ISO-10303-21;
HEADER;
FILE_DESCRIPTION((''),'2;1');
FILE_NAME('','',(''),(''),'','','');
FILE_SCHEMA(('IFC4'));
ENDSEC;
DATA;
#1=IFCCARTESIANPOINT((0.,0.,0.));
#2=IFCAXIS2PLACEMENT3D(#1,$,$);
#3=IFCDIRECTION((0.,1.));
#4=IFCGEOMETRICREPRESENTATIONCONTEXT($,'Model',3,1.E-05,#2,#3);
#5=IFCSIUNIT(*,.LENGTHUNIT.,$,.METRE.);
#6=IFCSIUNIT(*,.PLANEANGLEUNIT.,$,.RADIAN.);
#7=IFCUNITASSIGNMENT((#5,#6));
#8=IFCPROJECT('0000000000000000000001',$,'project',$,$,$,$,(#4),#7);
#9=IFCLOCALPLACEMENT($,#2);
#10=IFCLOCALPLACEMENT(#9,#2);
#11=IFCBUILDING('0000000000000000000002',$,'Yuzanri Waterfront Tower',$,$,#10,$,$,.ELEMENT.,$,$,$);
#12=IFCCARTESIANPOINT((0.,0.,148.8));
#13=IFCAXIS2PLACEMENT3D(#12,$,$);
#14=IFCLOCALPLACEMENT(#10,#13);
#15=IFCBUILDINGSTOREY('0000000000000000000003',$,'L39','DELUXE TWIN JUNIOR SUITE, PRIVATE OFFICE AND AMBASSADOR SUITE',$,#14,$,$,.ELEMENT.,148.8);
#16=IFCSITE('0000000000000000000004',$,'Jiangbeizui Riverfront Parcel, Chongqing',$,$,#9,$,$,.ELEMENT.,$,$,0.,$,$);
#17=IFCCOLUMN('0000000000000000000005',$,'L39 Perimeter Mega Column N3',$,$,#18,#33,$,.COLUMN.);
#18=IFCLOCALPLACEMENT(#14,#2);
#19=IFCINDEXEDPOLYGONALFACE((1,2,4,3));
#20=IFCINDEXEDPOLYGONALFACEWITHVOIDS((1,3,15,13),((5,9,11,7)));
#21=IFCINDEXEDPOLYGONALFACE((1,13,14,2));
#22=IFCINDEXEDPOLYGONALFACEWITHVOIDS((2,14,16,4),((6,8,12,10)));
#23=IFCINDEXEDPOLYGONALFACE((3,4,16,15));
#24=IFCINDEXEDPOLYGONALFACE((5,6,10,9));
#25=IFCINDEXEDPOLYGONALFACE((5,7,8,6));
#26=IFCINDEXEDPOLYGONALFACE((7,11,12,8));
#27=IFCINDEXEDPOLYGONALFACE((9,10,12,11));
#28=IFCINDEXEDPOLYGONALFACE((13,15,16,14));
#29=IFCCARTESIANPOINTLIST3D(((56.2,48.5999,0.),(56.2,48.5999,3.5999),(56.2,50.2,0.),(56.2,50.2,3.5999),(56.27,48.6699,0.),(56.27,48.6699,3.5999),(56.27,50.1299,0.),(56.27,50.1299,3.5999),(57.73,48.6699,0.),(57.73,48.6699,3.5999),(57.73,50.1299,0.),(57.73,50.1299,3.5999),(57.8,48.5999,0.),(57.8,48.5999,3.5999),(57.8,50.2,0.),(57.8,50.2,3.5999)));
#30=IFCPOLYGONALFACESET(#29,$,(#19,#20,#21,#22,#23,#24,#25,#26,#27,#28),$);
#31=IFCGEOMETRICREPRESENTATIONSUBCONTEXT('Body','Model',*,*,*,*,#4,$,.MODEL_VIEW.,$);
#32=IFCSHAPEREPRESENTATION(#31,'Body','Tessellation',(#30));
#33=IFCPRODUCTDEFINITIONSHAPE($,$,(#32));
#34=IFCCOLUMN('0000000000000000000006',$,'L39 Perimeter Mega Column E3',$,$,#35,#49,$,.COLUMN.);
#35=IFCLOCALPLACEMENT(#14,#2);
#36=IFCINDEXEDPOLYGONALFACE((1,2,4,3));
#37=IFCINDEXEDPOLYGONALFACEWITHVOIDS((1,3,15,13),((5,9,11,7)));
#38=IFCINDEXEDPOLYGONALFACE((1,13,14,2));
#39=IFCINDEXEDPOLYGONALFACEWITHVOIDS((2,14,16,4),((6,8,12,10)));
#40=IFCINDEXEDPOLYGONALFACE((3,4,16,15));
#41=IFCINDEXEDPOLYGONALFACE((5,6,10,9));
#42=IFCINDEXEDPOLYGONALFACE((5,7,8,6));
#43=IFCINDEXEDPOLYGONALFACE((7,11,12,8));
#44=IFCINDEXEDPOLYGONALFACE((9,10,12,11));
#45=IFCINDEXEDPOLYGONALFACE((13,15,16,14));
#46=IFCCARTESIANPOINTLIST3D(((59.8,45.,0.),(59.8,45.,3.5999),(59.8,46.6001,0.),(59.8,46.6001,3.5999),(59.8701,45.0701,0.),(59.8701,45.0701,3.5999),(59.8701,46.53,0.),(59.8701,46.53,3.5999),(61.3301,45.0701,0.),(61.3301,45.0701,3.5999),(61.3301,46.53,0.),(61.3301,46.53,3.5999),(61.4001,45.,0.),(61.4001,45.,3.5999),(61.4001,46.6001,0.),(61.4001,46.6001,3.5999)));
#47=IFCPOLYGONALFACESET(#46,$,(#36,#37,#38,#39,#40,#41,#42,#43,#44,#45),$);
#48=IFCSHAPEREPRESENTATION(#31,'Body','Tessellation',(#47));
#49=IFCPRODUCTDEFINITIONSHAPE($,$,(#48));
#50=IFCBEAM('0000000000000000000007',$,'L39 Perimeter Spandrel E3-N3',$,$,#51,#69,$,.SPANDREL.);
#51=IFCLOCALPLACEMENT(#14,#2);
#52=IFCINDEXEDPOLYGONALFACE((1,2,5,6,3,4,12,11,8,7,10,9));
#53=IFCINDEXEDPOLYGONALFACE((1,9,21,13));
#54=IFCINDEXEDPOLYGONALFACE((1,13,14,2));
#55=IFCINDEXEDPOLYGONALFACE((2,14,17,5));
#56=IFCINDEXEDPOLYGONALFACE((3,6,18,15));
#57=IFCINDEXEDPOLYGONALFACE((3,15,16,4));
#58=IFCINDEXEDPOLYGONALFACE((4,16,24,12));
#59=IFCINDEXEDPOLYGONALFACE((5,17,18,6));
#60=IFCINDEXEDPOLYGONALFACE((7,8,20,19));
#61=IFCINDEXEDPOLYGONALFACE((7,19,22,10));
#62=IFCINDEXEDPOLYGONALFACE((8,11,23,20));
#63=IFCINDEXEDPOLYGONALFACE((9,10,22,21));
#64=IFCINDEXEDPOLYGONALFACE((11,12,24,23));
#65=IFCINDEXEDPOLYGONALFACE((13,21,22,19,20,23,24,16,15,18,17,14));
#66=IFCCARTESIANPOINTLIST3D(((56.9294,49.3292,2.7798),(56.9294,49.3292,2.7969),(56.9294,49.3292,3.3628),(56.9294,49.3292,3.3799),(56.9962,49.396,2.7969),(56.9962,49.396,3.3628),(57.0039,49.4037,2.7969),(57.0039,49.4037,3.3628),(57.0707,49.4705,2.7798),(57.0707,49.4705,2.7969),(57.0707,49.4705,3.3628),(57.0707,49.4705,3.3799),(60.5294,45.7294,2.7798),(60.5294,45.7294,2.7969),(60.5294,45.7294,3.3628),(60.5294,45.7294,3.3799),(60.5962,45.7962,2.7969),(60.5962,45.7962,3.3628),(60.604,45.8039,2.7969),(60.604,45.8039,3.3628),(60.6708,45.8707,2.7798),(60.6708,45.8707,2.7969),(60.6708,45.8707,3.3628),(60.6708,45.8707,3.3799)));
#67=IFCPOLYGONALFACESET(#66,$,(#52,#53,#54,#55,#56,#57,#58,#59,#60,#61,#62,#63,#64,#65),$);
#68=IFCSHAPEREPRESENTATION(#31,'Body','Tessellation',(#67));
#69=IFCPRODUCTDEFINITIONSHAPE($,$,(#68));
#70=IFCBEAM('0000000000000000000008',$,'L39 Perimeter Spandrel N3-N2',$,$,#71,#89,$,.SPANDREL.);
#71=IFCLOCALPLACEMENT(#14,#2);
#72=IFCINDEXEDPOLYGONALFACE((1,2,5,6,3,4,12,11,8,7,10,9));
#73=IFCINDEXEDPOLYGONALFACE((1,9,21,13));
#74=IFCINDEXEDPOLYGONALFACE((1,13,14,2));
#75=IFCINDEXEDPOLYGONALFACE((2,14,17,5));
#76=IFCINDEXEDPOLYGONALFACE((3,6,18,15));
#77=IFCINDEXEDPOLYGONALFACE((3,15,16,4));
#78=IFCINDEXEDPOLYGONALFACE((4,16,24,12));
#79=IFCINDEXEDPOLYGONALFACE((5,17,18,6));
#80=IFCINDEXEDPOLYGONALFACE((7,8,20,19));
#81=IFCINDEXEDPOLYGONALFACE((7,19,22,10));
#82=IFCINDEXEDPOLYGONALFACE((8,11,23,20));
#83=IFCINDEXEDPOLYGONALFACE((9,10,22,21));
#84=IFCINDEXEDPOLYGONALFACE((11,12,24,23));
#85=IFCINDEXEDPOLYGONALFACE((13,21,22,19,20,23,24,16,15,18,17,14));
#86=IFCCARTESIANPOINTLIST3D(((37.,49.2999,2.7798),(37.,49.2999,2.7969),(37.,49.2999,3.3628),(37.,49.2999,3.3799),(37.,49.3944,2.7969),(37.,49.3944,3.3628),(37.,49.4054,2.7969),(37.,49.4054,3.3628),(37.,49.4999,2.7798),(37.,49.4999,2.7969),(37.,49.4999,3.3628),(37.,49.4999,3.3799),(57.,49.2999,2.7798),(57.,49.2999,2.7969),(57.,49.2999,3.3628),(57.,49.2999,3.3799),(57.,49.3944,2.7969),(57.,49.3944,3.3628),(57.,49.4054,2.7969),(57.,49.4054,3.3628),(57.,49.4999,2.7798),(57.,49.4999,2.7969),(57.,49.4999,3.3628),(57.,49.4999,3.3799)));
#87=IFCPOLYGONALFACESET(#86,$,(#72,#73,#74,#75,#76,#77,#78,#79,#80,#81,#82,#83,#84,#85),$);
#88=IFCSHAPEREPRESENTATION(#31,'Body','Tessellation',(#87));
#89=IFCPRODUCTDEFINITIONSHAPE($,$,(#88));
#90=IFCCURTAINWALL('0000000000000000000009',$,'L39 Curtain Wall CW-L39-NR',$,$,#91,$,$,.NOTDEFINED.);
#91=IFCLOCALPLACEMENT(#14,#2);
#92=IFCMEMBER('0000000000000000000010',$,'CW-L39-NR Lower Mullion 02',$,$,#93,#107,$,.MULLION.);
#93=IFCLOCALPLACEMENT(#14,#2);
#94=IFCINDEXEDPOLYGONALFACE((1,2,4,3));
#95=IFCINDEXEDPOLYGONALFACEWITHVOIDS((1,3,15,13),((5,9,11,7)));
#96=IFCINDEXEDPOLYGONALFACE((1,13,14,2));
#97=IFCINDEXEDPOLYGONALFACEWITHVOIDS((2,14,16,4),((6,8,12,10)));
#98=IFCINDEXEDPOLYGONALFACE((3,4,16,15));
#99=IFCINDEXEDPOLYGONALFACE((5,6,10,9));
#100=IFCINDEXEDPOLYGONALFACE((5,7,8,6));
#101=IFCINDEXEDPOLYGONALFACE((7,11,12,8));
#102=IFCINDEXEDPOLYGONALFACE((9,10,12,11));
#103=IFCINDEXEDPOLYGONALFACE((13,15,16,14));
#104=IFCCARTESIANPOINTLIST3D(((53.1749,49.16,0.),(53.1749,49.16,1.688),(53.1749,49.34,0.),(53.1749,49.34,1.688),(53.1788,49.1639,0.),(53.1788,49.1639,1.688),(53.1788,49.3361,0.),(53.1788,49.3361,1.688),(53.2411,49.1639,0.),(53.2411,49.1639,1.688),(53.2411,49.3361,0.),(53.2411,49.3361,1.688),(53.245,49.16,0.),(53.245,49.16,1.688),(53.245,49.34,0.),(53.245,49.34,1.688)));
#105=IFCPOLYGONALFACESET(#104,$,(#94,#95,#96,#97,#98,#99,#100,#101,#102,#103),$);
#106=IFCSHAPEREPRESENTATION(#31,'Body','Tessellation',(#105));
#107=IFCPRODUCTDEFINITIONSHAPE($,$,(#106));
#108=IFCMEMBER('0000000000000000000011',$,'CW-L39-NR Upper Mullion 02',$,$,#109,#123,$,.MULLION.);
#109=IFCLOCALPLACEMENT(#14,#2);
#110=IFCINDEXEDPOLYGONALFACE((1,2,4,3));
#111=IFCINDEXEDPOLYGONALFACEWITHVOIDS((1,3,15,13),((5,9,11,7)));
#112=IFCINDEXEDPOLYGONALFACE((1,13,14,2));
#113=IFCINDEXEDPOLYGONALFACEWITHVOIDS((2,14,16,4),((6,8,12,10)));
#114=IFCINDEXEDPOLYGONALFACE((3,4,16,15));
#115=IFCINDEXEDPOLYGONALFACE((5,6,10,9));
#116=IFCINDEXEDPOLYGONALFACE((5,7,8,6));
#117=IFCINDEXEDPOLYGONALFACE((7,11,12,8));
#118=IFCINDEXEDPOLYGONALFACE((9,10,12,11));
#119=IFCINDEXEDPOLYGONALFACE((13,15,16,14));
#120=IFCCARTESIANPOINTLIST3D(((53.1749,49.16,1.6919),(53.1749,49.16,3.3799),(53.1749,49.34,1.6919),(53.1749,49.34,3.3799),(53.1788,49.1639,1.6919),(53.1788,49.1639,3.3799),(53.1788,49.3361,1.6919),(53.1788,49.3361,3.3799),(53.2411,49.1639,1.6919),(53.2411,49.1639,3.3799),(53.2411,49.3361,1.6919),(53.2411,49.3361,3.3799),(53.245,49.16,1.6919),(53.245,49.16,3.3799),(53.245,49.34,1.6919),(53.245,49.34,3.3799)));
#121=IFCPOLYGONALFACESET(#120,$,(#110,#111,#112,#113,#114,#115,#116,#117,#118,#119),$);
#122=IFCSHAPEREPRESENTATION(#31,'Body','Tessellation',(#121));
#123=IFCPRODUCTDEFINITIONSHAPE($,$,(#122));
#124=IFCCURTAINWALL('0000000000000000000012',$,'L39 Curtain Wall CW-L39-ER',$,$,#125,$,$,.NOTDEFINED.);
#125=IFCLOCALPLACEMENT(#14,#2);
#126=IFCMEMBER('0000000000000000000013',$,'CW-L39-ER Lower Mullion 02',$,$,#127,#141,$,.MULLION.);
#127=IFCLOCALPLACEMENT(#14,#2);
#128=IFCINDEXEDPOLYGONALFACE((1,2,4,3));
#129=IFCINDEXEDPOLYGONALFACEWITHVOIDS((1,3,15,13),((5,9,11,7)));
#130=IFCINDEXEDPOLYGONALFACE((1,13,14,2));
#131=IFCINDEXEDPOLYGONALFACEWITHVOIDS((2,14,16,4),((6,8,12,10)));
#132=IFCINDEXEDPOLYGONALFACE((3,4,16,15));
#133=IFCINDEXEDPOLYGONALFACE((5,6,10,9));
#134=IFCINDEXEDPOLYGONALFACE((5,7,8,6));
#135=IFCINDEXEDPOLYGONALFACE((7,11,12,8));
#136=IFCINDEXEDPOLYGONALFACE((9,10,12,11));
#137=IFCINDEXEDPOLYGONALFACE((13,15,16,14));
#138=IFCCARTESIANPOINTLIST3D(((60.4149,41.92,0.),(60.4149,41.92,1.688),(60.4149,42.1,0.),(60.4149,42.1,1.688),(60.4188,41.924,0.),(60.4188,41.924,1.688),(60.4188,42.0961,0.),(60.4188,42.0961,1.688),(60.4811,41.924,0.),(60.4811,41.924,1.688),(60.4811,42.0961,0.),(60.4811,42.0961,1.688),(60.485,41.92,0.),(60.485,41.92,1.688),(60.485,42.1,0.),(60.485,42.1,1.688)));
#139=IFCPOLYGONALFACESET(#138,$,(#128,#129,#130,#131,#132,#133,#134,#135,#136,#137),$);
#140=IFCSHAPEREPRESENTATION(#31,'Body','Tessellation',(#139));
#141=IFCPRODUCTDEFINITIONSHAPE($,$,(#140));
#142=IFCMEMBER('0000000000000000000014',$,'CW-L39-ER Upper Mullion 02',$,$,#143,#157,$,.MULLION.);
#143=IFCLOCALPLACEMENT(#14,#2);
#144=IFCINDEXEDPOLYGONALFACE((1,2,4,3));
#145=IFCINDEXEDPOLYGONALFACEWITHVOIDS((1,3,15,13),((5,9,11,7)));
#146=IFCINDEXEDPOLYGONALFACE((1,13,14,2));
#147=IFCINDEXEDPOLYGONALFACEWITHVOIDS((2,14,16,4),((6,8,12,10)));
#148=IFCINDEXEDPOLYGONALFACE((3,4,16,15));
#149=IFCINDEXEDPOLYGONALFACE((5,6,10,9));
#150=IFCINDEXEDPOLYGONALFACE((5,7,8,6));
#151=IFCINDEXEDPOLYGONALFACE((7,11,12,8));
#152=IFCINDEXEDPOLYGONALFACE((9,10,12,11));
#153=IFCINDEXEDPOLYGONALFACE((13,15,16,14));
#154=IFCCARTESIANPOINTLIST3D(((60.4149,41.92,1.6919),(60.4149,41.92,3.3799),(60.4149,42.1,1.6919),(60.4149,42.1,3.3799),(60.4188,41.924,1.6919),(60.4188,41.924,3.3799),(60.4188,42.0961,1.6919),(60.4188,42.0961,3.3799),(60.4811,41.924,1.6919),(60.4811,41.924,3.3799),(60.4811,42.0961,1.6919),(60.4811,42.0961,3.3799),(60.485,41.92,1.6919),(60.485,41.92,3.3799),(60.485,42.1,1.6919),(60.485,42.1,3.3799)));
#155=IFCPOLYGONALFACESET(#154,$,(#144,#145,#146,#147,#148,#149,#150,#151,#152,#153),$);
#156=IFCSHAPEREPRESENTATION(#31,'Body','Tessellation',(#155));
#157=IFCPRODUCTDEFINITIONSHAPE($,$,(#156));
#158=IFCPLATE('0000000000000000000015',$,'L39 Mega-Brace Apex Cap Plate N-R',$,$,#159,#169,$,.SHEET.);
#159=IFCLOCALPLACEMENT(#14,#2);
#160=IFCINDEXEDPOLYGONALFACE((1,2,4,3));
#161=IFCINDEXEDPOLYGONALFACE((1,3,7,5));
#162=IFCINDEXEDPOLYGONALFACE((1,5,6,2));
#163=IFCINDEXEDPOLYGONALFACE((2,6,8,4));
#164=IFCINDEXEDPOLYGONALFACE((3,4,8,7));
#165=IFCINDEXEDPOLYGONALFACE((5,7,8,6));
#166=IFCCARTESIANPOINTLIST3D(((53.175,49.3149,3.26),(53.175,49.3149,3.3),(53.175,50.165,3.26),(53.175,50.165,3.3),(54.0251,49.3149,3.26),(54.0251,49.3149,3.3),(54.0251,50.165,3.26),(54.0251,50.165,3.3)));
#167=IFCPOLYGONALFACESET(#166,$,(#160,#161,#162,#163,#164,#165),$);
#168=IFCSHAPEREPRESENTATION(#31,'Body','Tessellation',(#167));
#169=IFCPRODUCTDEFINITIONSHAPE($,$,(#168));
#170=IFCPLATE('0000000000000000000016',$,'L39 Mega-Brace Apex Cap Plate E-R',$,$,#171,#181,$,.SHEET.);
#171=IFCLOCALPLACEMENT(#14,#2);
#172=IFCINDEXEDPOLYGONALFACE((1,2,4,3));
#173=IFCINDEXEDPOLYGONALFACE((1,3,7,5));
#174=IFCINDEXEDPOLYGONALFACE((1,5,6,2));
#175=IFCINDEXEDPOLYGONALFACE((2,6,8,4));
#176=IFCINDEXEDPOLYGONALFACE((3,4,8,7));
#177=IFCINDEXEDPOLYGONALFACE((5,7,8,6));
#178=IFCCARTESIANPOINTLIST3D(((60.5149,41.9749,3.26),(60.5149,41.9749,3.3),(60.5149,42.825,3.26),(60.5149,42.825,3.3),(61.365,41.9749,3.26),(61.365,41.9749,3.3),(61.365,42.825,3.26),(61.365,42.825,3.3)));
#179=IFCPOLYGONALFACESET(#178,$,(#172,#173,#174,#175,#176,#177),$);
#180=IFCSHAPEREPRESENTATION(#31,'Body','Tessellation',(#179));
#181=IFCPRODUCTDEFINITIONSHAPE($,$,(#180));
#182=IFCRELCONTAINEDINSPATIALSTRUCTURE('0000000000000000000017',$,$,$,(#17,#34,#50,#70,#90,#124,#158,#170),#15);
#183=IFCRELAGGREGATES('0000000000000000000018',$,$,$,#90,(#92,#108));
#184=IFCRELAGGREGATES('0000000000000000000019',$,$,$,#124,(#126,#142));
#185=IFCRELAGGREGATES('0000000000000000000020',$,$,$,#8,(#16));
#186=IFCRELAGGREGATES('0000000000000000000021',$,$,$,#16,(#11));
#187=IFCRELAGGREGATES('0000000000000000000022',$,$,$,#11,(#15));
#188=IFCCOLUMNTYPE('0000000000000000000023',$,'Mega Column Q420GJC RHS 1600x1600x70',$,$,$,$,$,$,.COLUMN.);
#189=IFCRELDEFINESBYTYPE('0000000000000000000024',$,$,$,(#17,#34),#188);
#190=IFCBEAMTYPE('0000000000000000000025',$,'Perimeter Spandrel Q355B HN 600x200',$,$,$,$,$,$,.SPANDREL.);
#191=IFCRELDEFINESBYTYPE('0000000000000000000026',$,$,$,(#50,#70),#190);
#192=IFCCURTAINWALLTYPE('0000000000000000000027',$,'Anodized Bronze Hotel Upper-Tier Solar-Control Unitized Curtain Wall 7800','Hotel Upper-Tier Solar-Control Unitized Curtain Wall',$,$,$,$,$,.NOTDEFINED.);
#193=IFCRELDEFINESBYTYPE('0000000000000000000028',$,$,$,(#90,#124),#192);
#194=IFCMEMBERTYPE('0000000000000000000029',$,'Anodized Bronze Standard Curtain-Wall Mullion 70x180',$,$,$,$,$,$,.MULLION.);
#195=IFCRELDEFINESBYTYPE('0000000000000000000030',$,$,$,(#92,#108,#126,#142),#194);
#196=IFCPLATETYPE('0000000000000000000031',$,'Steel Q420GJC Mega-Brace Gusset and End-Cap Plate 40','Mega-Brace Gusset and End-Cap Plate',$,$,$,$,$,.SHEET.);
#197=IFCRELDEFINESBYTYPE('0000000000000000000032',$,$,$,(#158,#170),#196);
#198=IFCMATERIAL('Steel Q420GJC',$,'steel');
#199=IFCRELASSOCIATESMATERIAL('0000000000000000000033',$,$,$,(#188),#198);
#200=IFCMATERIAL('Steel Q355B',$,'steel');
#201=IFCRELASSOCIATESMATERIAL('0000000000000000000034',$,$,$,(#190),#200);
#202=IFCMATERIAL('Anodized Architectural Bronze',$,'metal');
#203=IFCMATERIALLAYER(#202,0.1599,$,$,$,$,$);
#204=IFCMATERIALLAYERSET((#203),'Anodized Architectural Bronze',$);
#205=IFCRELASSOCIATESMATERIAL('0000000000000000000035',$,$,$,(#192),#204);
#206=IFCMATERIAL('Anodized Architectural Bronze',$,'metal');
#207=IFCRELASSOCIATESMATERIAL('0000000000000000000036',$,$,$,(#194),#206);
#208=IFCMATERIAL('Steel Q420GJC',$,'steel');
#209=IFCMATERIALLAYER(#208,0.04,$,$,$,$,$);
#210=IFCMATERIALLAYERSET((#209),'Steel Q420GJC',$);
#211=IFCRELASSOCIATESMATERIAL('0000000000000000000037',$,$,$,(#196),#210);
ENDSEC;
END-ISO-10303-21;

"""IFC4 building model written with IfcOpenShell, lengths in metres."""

from ifc_helpers import new_model, si_unit, direction, frame, origin, origin_2d, place, context, subcontext, project, spatial, rectangle, hollow_rectangle, i_section, extrude, source, transform, mapped, material, layer, layer_set, material_profile, profile_set, type_object, element, aggregate, save


model = new_model("IFC4")

# Units and contexts
model_context = context("Model", 3, precision=1e-05, world=origin(), true_north=direction((0.0, 1.0)))
body_context = subcontext(model_context, "Body", "Model", "MODEL_VIEW")
ifc_project = project(units=[si_unit("LENGTHUNIT", "METRE"), si_unit("PLANEANGLEUNIT", "RADIAN")], contexts=[model_context])

# Site, building, storey
site_placement = place(None, origin())
site = spatial("IfcSite", under=ifc_project, at=site_placement, Name="Jiangbeizui Riverfront Parcel, Chongqing", CompositionType="ELEMENT", RefElevation=0.0)
building_placement = place(site_placement, origin())
building = spatial("IfcBuilding", under=site, at=building_placement, Name="Yuzanri Waterfront Tower", CompositionType="ELEMENT")
storey_placement = place(building_placement, frame((0.0, 0.0, 148.8)))
storey = spatial("IfcBuildingStorey", under=building, at=storey_placement, Name="L39", Description="DELUXE TWIN JUNIOR SUITE, PRIVATE OFFICE AND AMBASSADOR SUITE", CompositionType="ELEMENT", Elevation=148.8)

# Columns
ifc_material_1 = material(Name="Steel Q420GJC", Category="steel")
ifc_material_profile_1 = material_profile(ifc_material_1, hollow_rectangle(XDim=1.6001, YDim=1.6001, WallThickness=0.0701, at=origin_2d()), Name="RHS 1600x1600x70")
ifc_profile_set_1 = profile_set([ifc_material_profile_1], Name="Steel Q420GJC")
column_type = type_object("IfcColumnType", Name="Mega Column Q420GJC RHS 1600x1600x70", PredefinedType="COLUMN", material=ifc_profile_set_1)
shared_shape_1 = source(origin(), body_context, "Body", "SweptSolid", [
    extrude(hollow_rectangle(XDim=1.6001, YDim=1.6001, WallThickness=0.0701, at=origin_2d()), origin(), (0.0, 0.0, 1.0), 3.5999),
])
for number, where, z_axis, x_axis, name in (
    (1, (57.0, 49.3999, 0.0), (0.0, 0.0, 1.0), (1.0, 0.0, 0.0), "L39 Perimeter Mega Column N3"),
    (2, (60.6001, 45.8, 0.0), (0.0, 0.0, 1.0), (1.0, 0.0, 0.0), "L39 Perimeter Mega Column E3"),
):
    element("IfcColumn", number, at=place(storey_placement, frame(where, z_axis=z_axis, x_axis=x_axis)), inside=storey, type_object=column_type, Name=name, PredefinedType="COLUMN", context=body_context, shape_type="MappedRepresentation", body=[
        mapped(shared_shape_1, transform((0.0, 0.0, 0.0), scale=1.0)),
    ])

# Beams
ifc_material_2 = material(Name="Steel Q355B", Category="steel")
ifc_material_profile_2 = material_profile(ifc_material_2, i_section(OverallWidth=0.2, OverallDepth=0.6001, WebThickness=0.011, FlangeThickness=0.0171, at=origin_2d()), Name="HN 600x200x11x17")
ifc_profile_set_2 = profile_set([ifc_material_profile_2], Name="Steel Q355B")
beam_type = type_object("IfcBeamType", Name="Perimeter Spandrel Q355B HN 600x200", PredefinedType="SPANDREL", material=ifc_profile_set_2)
shared_shape_2 = source(origin(), body_context, "Body", "SweptSolid", [
    extrude(i_section(OverallWidth=0.2, OverallDepth=0.6001, WebThickness=0.011, FlangeThickness=0.0171, at=origin_2d()), origin(), (0.0, 0.0, 1.0), 5.0911),
])
beam_1_placement = place(storey_placement, frame((60.6001, 45.8, 3.0798), z_axis=(-0.707131, 0.707083, 0.0), x_axis=(-0.707083, -0.707131, 0.0)))
element("IfcBeam", 3, at=beam_1_placement, inside=storey, type_object=beam_type, Name="L39 Perimeter Spandrel E3-N3", PredefinedType="SPANDREL", context=body_context, shape_type="MappedRepresentation", body=[
    mapped(shared_shape_2, transform((0.0, 0.0, 0.0), scale=1.0)),
])
shared_shape_3 = source(origin(), body_context, "Body", "SweptSolid", [
    extrude(i_section(OverallWidth=0.2, OverallDepth=0.6001, WebThickness=0.011, FlangeThickness=0.0171, at=origin_2d()), origin(), (0.0, 0.0, 1.0), 20.0),
])
beam_2_placement = place(storey_placement, frame((57.0, 49.3999, 3.0798), z_axis=(-1.0, 0.0, 0.0), x_axis=(0.0, -1.0, 0.0)))
element("IfcBeam", 4, at=beam_2_placement, inside=storey, type_object=beam_type, Name="L39 Perimeter Spandrel N3-N2", PredefinedType="SPANDREL", context=body_context, shape_type="MappedRepresentation", body=[
    mapped(shared_shape_3, transform((0.0, 0.0, 0.0), scale=1.0)),
])

# Curtain walls, members
ifc_material_3 = material(Name="Anodized Architectural Bronze", Category="metal")
ifc_layer_1 = layer(ifc_material_3, 0.1599)
ifc_layer_set_1 = layer_set([ifc_layer_1], Name="Anodized Architectural Bronze")
curtain_wall_type = type_object("IfcCurtainWallType", Name="Anodized Bronze Hotel Upper-Tier Solar-Control Unitized Curtain Wall 7800", Description="Hotel Upper-Tier Solar-Control Unitized Curtain Wall", PredefinedType="NOTDEFINED", material=ifc_layer_set_1)
curtain_wall_1_placement = place(storey_placement, origin())
curtain_wall_1 = element("IfcCurtainWall", 5, at=curtain_wall_1_placement, inside=storey, type_object=curtain_wall_type, Name="L39 Curtain Wall CW-L39-NR", PredefinedType="NOTDEFINED")
ifc_material_4 = material(Name="Anodized Architectural Bronze", Category="metal")
ifc_material_profile_3 = material_profile(ifc_material_4, hollow_rectangle(XDim=0.0701, YDim=0.1799, WallThickness=0.0039, at=origin_2d()), Name="CWM 70x180")
ifc_profile_set_3 = profile_set([ifc_material_profile_3], Name="Anodized Architectural Bronze")
member_type = type_object("IfcMemberType", Name="Anodized Bronze Standard Curtain-Wall Mullion 70x180", PredefinedType="MULLION", material=ifc_profile_set_3)
shared_shape_4 = source(origin(), body_context, "Body", "SweptSolid", [
    extrude(hollow_rectangle(XDim=0.0701, YDim=0.1799, WallThickness=0.0039, at=origin_2d()), origin(), (0.0, 0.0, 1.0), 1.688),
])
member_1_placement = place(storey_placement, frame((53.21, 49.25, 0.0), z_axis=(0.0, 0.0, 1.0), x_axis=(1.0, 0.0, 0.0)))
member_1 = element("IfcMember", 6, at=member_1_placement, type_object=member_type, Name="CW-L39-NR Lower Mullion 02", PredefinedType="MULLION", context=body_context, shape_type="MappedRepresentation", body=[
    mapped(shared_shape_4, transform((0.0, 0.0, 0.0), scale=1.0)),
])
member_2_placement = place(storey_placement, frame((53.21, 49.25, 1.6919), z_axis=(0.0, 0.0, 1.0), x_axis=(1.0, 0.0, 0.0)))
member_2 = element("IfcMember", 7, at=member_2_placement, type_object=member_type, Name="CW-L39-NR Upper Mullion 02", PredefinedType="MULLION", context=body_context, shape_type="MappedRepresentation", body=[
    mapped(shared_shape_4, transform((0.0, 0.0, 0.0), scale=1.0)),
])
aggregate(curtain_wall_1, [member_1, member_2])
curtain_wall_2_placement = place(storey_placement, origin())
curtain_wall_2 = element("IfcCurtainWall", 8, at=curtain_wall_2_placement, inside=storey, type_object=curtain_wall_type, Name="L39 Curtain Wall CW-L39-ER", PredefinedType="NOTDEFINED")
member_3_placement = place(storey_placement, frame((60.45, 42.01, 0.0), z_axis=(0.0, 0.0, 1.0), x_axis=(1.0, 0.0, 0.0)))
member_3 = element("IfcMember", 9, at=member_3_placement, type_object=member_type, Name="CW-L39-ER Lower Mullion 02", PredefinedType="MULLION", context=body_context, shape_type="MappedRepresentation", body=[
    mapped(shared_shape_4, transform((0.0, 0.0, 0.0), scale=1.0)),
])
member_4_placement = place(storey_placement, frame((60.45, 42.01, 1.6919), z_axis=(0.0, 0.0, 1.0), x_axis=(1.0, 0.0, 0.0)))
member_4 = element("IfcMember", 10, at=member_4_placement, type_object=member_type, Name="CW-L39-ER Upper Mullion 02", PredefinedType="MULLION", context=body_context, shape_type="MappedRepresentation", body=[
    mapped(shared_shape_4, transform((0.0, 0.0, 0.0), scale=1.0)),
])

# Plates
ifc_material_5 = material(Name="Steel Q420GJC", Category="steel")
ifc_layer_2 = layer(ifc_material_5, 0.04)
ifc_layer_set_2 = layer_set([ifc_layer_2], Name="Steel Q420GJC")
plate_type_1 = type_object("IfcPlateType", Name="Steel Q420GJC Mega-Brace Gusset and End-Cap Plate 40", Description="Mega-Brace Gusset and End-Cap Plate", PredefinedType="SHEET", material=ifc_layer_set_2)
shared_shape_5 = source(origin(), body_context, "Body", "SweptSolid", [
    extrude(rectangle(XDim=0.8501, YDim=0.8501, at=origin_2d()), origin(), (0.0, 0.0, 1.0), 0.04),
])
for number, where, z_axis, x_axis, name in (
    (11, (53.6001, 49.74, 3.26), (0.0, 0.0, 1.0), (1.0, 0.0, 0.0), "L39 Mega-Brace Apex Cap Plate N-R"),
    (12, (60.9399, 42.3999, 3.26), (0.0, 0.0, 1.0), (1.0, 0.0, 0.0), "L39 Mega-Brace Apex Cap Plate E-R"),
):
    element("IfcPlate", number, at=place(storey_placement, frame(where, z_axis=z_axis, x_axis=x_axis)), inside=storey, type_object=plate_type_1, Name=name, PredefinedType="SHEET", context=body_context, shape_type="MappedRepresentation", body=[
        mapped(shared_shape_5, transform((0.0, 0.0, 0.0), scale=1.0)),
    ])

aggregate(curtain_wall_2, [member_3, member_4])

save(model, "model.ifc")
